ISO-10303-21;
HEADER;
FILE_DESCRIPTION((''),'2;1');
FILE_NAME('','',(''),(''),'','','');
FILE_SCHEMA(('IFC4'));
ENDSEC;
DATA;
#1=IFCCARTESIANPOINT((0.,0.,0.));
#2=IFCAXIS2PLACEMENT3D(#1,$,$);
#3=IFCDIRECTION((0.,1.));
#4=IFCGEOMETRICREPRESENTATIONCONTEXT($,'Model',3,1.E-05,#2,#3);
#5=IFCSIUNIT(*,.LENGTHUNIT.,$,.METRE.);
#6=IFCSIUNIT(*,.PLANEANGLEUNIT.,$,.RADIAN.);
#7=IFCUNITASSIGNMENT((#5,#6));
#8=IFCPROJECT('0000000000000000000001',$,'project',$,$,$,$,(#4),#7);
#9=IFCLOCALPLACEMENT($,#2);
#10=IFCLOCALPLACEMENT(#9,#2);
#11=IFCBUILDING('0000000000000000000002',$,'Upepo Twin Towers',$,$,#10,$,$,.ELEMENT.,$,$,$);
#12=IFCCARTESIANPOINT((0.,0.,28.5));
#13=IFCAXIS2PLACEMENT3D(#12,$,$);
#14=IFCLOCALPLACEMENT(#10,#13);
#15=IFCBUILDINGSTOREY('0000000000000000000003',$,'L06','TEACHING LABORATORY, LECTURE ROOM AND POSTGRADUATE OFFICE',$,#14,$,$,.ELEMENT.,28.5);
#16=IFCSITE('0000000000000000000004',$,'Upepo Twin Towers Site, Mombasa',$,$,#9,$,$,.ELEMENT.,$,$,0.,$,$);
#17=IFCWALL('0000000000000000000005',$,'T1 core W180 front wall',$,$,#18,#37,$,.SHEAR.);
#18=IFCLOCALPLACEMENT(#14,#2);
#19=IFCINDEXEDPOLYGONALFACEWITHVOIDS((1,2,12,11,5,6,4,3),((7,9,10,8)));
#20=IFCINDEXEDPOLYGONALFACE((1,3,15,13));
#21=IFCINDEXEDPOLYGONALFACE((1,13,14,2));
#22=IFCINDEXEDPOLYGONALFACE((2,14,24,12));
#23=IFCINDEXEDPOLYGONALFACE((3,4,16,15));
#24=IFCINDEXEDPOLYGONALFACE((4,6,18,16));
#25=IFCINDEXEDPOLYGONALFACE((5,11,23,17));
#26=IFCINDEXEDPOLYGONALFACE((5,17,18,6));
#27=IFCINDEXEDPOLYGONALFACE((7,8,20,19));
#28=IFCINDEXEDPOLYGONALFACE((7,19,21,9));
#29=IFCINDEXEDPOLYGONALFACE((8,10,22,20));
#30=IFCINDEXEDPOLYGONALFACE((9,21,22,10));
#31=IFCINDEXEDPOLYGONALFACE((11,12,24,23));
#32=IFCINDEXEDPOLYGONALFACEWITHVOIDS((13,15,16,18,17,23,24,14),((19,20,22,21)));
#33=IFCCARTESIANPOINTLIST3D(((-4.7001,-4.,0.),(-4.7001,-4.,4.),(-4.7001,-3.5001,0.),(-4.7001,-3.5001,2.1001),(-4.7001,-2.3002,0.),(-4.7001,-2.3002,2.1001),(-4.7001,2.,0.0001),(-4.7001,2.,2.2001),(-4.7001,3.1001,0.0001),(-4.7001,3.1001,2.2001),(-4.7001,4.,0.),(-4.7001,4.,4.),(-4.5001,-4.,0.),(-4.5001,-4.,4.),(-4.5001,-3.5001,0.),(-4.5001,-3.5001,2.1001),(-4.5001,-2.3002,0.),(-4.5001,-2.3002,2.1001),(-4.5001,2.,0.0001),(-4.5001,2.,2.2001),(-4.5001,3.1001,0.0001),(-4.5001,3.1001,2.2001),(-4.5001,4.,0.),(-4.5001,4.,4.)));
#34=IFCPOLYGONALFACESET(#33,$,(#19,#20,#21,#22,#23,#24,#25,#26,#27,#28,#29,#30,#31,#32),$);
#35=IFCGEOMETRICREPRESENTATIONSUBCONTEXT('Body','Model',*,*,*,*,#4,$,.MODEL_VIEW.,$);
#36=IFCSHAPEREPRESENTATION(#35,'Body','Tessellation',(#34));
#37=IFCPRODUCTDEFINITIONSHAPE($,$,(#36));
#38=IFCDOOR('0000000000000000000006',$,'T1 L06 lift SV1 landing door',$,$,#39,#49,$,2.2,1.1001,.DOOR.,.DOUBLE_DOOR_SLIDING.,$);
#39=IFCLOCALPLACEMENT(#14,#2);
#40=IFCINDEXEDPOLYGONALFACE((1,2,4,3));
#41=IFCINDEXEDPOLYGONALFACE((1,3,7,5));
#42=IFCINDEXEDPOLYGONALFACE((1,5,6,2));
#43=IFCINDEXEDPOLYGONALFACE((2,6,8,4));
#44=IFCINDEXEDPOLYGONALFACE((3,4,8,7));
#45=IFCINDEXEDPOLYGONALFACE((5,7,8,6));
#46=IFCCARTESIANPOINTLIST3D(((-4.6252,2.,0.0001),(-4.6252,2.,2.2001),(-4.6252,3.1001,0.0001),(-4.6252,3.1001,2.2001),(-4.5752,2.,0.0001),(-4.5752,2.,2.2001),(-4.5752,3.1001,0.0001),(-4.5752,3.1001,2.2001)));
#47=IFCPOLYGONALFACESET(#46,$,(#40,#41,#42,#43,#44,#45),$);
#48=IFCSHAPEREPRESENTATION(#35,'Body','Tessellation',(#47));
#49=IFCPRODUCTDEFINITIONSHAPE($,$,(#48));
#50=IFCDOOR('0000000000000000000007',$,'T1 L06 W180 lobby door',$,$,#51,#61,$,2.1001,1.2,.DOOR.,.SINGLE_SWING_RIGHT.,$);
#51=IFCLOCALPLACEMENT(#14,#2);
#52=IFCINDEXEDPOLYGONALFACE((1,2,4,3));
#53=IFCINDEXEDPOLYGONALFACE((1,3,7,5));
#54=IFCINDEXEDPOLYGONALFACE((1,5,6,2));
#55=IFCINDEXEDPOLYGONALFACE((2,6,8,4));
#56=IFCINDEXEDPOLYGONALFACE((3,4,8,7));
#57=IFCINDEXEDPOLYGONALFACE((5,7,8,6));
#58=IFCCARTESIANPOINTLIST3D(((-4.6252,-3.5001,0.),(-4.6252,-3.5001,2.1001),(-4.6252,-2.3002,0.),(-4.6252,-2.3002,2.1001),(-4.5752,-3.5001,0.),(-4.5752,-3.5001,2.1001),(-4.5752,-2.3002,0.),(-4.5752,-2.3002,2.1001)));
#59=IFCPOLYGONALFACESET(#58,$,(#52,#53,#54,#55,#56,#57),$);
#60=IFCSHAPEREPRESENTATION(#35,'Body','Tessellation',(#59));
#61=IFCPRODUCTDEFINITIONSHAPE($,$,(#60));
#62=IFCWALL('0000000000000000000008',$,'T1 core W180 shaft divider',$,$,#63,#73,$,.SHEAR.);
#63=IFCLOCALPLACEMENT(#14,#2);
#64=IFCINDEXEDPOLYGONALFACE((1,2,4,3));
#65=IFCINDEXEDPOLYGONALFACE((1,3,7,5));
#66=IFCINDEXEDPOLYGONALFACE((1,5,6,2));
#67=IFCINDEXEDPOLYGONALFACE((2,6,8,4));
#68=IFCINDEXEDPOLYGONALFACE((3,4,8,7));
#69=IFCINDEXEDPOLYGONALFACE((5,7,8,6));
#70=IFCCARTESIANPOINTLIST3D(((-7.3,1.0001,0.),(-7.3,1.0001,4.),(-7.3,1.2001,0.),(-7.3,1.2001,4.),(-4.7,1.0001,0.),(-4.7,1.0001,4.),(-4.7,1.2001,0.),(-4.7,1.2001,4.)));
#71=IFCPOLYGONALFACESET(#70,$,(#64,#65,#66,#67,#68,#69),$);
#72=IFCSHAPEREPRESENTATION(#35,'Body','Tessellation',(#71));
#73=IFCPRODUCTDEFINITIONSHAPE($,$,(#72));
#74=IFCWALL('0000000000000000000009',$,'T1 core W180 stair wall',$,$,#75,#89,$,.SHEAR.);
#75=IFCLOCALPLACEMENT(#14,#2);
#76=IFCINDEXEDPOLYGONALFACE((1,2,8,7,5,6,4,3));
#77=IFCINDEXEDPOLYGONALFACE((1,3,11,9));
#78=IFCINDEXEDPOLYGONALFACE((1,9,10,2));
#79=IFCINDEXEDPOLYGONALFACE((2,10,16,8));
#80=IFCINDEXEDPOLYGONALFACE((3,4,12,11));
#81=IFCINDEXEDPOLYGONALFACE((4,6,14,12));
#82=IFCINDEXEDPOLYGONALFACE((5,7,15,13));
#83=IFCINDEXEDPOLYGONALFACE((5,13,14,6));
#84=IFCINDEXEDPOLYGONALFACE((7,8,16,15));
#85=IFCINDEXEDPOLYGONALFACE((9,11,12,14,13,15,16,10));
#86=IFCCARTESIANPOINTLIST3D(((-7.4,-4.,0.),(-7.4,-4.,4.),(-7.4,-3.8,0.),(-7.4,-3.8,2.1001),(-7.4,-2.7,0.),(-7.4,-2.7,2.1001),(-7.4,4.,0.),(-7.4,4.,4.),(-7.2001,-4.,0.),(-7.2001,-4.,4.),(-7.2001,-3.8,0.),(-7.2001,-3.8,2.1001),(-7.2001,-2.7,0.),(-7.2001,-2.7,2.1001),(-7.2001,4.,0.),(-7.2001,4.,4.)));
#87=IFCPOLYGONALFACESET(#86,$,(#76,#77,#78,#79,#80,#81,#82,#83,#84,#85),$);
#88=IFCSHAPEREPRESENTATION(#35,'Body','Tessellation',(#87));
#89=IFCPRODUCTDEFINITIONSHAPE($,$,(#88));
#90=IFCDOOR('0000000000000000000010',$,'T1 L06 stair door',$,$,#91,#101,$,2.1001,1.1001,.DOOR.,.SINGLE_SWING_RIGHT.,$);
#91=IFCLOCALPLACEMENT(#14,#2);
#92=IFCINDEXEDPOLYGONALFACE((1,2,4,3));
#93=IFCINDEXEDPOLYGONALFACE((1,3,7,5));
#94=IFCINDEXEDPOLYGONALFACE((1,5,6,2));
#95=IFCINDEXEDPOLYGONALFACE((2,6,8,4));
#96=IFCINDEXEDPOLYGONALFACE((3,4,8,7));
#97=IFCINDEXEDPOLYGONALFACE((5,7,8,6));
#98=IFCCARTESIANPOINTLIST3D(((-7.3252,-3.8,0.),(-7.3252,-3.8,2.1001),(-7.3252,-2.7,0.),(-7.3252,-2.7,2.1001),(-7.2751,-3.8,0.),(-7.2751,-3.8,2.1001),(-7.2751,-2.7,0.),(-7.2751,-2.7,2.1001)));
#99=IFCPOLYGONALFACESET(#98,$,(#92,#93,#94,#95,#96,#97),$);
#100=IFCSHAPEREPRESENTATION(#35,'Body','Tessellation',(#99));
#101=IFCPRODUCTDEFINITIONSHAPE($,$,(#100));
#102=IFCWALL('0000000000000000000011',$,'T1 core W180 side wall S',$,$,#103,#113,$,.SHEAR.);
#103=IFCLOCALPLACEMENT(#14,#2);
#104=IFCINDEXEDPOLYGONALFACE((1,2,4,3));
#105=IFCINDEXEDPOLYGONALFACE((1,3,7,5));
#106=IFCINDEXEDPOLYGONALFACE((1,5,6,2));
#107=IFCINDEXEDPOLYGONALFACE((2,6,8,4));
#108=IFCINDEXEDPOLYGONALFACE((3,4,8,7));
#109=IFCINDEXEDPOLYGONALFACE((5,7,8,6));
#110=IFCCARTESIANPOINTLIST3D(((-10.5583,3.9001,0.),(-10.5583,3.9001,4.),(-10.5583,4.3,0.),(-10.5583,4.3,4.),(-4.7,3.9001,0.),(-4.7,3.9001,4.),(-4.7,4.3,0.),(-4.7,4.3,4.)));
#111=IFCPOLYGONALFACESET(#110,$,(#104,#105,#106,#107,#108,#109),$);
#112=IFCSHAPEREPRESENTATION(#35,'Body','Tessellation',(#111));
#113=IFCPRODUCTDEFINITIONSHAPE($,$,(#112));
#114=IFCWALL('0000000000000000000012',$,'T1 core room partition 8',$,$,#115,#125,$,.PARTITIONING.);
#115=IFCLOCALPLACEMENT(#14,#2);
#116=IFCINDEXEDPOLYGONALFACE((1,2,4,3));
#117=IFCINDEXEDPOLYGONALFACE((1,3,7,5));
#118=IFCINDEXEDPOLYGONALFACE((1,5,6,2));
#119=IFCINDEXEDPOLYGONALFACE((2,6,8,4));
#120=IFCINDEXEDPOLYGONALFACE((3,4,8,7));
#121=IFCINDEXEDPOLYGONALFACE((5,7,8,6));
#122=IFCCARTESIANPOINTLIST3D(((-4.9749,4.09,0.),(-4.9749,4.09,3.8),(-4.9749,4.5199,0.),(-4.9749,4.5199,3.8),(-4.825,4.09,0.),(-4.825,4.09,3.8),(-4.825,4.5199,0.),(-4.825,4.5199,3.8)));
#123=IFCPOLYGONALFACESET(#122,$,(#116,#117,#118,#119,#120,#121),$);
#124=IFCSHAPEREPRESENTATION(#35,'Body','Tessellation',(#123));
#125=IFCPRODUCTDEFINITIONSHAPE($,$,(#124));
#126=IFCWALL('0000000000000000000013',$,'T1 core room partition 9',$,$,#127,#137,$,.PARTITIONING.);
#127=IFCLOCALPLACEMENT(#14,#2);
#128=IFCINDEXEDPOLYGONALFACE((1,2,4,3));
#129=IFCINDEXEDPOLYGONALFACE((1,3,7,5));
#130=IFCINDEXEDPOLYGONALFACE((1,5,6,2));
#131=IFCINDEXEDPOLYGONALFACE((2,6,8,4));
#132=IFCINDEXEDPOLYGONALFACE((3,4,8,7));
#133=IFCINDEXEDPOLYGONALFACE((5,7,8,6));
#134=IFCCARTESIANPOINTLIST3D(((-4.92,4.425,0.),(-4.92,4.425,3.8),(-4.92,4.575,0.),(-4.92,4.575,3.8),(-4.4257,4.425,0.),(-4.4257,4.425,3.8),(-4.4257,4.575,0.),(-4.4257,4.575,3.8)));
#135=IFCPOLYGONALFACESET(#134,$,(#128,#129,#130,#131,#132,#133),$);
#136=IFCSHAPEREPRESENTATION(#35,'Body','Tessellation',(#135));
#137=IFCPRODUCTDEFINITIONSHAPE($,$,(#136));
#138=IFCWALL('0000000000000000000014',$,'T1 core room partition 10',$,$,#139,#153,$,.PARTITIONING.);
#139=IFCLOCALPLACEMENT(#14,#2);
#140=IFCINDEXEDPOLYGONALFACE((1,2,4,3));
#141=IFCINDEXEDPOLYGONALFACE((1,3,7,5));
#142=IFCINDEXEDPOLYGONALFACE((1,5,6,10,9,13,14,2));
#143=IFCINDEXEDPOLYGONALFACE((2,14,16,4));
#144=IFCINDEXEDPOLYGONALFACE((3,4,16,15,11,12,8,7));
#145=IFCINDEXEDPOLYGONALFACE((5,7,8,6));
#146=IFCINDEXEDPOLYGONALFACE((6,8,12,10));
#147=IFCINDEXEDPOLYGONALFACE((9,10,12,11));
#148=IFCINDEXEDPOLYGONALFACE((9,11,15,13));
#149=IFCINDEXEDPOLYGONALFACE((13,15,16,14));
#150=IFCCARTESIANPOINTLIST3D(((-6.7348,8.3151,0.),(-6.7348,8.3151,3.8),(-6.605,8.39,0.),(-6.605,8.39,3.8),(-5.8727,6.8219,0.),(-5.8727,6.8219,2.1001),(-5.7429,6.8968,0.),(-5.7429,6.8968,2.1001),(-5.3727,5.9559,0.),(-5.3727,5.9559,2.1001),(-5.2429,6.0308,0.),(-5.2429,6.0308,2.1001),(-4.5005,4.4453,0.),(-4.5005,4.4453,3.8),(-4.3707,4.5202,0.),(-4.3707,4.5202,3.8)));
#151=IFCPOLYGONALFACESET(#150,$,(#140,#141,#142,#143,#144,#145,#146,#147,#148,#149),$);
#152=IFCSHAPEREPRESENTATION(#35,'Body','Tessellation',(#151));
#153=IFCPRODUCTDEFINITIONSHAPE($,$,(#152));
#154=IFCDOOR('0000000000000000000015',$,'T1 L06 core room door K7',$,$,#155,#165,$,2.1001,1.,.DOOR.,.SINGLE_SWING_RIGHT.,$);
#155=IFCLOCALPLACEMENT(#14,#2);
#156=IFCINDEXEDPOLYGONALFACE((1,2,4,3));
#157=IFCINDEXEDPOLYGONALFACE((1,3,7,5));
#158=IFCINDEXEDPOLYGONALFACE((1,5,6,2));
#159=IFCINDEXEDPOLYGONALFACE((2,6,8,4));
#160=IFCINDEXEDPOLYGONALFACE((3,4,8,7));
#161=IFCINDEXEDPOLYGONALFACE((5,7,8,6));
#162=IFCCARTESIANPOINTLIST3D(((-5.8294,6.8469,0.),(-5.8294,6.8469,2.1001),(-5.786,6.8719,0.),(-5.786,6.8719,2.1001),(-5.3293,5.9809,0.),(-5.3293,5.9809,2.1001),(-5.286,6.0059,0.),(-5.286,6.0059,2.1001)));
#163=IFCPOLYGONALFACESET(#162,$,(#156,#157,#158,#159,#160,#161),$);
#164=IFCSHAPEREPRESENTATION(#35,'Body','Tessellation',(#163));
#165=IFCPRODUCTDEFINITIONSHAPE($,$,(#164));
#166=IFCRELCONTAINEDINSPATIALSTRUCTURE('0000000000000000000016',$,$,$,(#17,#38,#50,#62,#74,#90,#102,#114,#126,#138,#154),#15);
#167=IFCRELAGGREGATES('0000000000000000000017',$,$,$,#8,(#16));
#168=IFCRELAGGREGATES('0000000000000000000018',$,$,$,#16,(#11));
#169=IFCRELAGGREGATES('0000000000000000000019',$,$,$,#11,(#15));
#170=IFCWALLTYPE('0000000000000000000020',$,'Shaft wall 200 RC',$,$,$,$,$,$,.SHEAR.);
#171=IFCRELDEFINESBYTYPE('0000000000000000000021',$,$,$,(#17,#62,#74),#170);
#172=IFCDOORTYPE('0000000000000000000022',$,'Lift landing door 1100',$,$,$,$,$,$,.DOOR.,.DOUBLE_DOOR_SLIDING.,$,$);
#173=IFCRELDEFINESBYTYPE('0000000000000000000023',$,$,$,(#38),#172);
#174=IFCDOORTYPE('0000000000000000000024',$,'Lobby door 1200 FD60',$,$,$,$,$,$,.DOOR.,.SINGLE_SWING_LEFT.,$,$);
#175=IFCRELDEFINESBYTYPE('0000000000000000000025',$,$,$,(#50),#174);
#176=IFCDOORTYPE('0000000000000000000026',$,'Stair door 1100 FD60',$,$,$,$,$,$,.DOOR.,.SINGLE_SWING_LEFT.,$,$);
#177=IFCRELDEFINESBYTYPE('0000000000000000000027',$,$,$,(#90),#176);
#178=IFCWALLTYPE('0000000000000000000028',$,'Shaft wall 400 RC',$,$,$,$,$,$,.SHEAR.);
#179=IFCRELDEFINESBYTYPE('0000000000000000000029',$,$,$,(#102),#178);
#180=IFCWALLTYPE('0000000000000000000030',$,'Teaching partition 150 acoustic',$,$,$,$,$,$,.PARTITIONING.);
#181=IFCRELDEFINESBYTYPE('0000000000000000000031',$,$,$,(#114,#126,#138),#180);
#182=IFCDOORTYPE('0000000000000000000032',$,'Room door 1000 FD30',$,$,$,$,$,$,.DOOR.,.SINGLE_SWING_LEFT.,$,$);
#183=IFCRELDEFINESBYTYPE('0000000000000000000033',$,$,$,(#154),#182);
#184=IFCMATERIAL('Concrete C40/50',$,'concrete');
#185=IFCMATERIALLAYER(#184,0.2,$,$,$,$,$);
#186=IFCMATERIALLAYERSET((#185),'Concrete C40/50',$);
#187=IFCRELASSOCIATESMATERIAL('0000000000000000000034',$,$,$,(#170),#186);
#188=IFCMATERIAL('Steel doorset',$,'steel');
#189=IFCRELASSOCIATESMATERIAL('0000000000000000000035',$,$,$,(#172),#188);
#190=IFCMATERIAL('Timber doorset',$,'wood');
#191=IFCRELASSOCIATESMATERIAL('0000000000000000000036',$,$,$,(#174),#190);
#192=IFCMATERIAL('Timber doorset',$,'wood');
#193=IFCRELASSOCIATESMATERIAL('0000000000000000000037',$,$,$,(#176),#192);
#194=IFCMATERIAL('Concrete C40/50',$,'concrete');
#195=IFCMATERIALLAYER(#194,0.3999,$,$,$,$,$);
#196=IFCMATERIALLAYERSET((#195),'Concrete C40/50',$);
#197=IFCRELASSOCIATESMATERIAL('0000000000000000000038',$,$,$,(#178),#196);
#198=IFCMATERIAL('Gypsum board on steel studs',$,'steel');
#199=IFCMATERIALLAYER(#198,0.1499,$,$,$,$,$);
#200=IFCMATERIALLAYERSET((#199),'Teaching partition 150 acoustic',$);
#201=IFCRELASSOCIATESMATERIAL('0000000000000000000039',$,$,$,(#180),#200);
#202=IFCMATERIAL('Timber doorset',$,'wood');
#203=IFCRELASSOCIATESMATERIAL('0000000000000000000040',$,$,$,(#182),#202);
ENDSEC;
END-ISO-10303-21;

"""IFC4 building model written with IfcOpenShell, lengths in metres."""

from ifc_helpers import new_model, si_unit, direction, frame, frame_2d, origin, place, context, subcontext, project, spatial, rectangle, extrude, material, layer, layer_set, type_object, element, fill, save


model = new_model("IFC4")

# Units and contexts
model_context = context("Model", 3, precision=1e-05, world=origin(), true_north=direction((0.0, 1.0)))
body_context = subcontext(model_context, "Body", "Model", "MODEL_VIEW")
ifc_project = project(units=[si_unit("LENGTHUNIT", "METRE"), si_unit("PLANEANGLEUNIT", "RADIAN")], contexts=[model_context])

# Site, building, storey
site_placement = place(None, origin())
site = spatial("IfcSite", under=ifc_project, at=site_placement, Name="Upepo Twin Towers Site, Mombasa", CompositionType="ELEMENT", RefElevation=0.0)
building_placement = place(site_placement, origin())
building = spatial("IfcBuilding", under=site, at=building_placement, Name="Upepo Twin Towers", CompositionType="ELEMENT")
storey_placement = place(building_placement, frame((0.0, 0.0, 28.5)))
storey = spatial("IfcBuildingStorey", under=building, at=storey_placement, Name="L06", Description="TEACHING LABORATORY, LECTURE ROOM AND POSTGRADUATE OFFICE", CompositionType="ELEMENT", Elevation=28.5)

# Wall, openings, doors
ifc_material_1 = material(Name="Concrete C40/50", Category="concrete")
ifc_layer_1 = layer(ifc_material_1, 0.2)
ifc_layer_set_1 = layer_set([ifc_layer_1], Name="Concrete C40/50")
wall_type_1 = type_object("IfcWallType", Name="Shaft wall 200 RC", PredefinedType="SHEAR", material=ifc_layer_set_1)
wall_1_placement = place(storey_placement, frame((-4.6001, 4.0, 0.0), z_axis=(0.0, 0.0, 1.0), x_axis=(0.0, -1.0, 0.0)))
wall_1 = element("IfcWall", 1, at=wall_1_placement, inside=storey, type_object=wall_type_1, Name="T1 core W180 front wall", PredefinedType="SHEAR", context=body_context, shape_type="SweptSolid", body=[
    extrude(rectangle(XDim=8.0, YDim=0.2, at=frame_2d((4.0, 0.0))), origin(), (0.0, 0.0, 1.0), 4.0),
])
opening_1_placement = place(wall_1_placement, frame((6.3, 0.0, 0.0)))
opening_1 = element("IfcOpeningElement", 2, at=opening_1_placement, cuts=wall_1, PredefinedType="OPENING", context=body_context, shape_type="SweptSolid", body=[
    extrude(rectangle(XDim=1.2, YDim=2.1001, at=frame_2d((0.6001, 1.05))), frame((0.0, 0.1099, 0.0), z_axis=(0.0, -1.0, 0.0), x_axis=(1.0, 0.0, 0.0)), (0.0, 0.0, 1.0), 0.22),
])
opening_2_placement = place(wall_1_placement, frame((0.8999, 0.0, 0.0)))
opening_2 = element("IfcOpeningElement", 3, at=opening_2_placement, cuts=wall_1, PredefinedType="OPENING", context=body_context, shape_type="SweptSolid", body=[
    extrude(rectangle(XDim=1.1001, YDim=2.2, at=frame_2d((0.55, 1.1001))), frame((0.0, 0.1099, 0.0), z_axis=(0.0, -1.0, 0.0), x_axis=(1.0, 0.0, 0.0)), (0.0, 0.0, 1.0), 0.22),
])
ifc_material_2 = material(Name="Steel doorset", Category="steel")
door_type_1 = type_object("IfcDoorType", Name="Lift landing door 1100", OperationType="DOUBLE_DOOR_SLIDING", PredefinedType="DOOR", material=ifc_material_2)
door_1_placement = place(opening_2_placement, origin())
door_1 = element("IfcDoor", 4, at=door_1_placement, inside=storey, type_object=door_type_1, Name="T1 L06 lift SV1 landing door", OperationType="DOUBLE_DOOR_SLIDING", OverallHeight=2.2, OverallWidth=1.1001, PredefinedType="DOOR", context=body_context, shape_type="SweptSolid", body=[
    extrude(rectangle(XDim=1.1001, YDim=2.2, at=frame_2d((0.55, 1.1001))), frame((0.0, 0.0249, 0.0), z_axis=(0.0, -1.0, 0.0), x_axis=(1.0, 0.0, 0.0)), (0.0, 0.0, 1.0), 0.05),
])
fill(opening_2, door_1)
ifc_material_3 = material(Name="Timber doorset", Category="wood")
door_type_2 = type_object("IfcDoorType", Name="Lobby door 1200 FD60", OperationType="SINGLE_SWING_LEFT", PredefinedType="DOOR", material=ifc_material_3)
door_2_placement = place(opening_1_placement, origin())
door_2 = element("IfcDoor", 5, at=door_2_placement, inside=storey, type_object=door_type_2, Name="T1 L06 W180 lobby door", OperationType="SINGLE_SWING_RIGHT", OverallHeight=2.1001, OverallWidth=1.2, PredefinedType="DOOR", context=body_context, shape_type="SweptSolid", body=[
    extrude(rectangle(XDim=1.2, YDim=2.1001, at=frame_2d((0.6001, 1.05))), frame((0.0, 0.0249, 0.0), z_axis=(0.0, -1.0, 0.0), x_axis=(1.0, 0.0, 0.0)), (0.0, 0.0, 1.0), 0.05),
])
fill(opening_1, door_2)

# Wall
wall_2_placement = place(storey_placement, frame((-4.7, 1.1001, 0.0), z_axis=(0.0, 0.0, 1.0), x_axis=(-1.0, 0.0, 0.0)))
element("IfcWall", 6, at=wall_2_placement, inside=storey, type_object=wall_type_1, Name="T1 core W180 shaft divider", PredefinedType="SHEAR", context=body_context, shape_type="SweptSolid", body=[
    extrude(rectangle(XDim=2.6001, YDim=0.2, at=frame_2d((1.3, 0.0))), origin(), (0.0, 0.0, 1.0), 4.0),
])

# Wall, opening, door
wall_3_placement = place(storey_placement, frame((-7.3, 4.0, 0.0), z_axis=(0.0, 0.0, 1.0), x_axis=(0.0, -1.0, 0.0)))
wall_3 = element("IfcWall", 7, at=wall_3_placement, inside=storey, type_object=wall_type_1, Name="T1 core W180 stair wall", PredefinedType="SHEAR", context=body_context, shape_type="SweptSolid", body=[
    extrude(rectangle(XDim=8.0, YDim=0.2, at=frame_2d((4.0, 0.0))), origin(), (0.0, 0.0, 1.0), 4.0),
])
opening_3_placement = place(wall_3_placement, frame((6.7, 0.0, 0.0)))
opening_3 = element("IfcOpeningElement", 8, at=opening_3_placement, cuts=wall_3, PredefinedType="OPENING", context=body_context, shape_type="SweptSolid", body=[
    extrude(rectangle(XDim=1.1001, YDim=2.1001, at=frame_2d((0.55, 1.05))), frame((0.0, 0.1099, 0.0), z_axis=(0.0, -1.0, 0.0), x_axis=(1.0, 0.0, 0.0)), (0.0, 0.0, 1.0), 0.22),
])
ifc_material_4 = material(Name="Timber doorset", Category="wood")
door_type_3 = type_object("IfcDoorType", Name="Stair door 1100 FD60", OperationType="SINGLE_SWING_LEFT", PredefinedType="DOOR", material=ifc_material_4)
door_3_placement = place(opening_3_placement, origin())
door_3 = element("IfcDoor", 9, at=door_3_placement, inside=storey, type_object=door_type_3, Name="T1 L06 stair door", OperationType="SINGLE_SWING_RIGHT", OverallHeight=2.1001, OverallWidth=1.1001, PredefinedType="DOOR", context=body_context, shape_type="SweptSolid", body=[
    extrude(rectangle(XDim=1.1001, YDim=2.1001, at=frame_2d((0.55, 1.05))), frame((0.0, 0.0249, 0.0), z_axis=(0.0, -1.0, 0.0), x_axis=(1.0, 0.0, 0.0)), (0.0, 0.0, 1.0), 0.05),
])
fill(opening_3, door_3)

# Walls
ifc_material_5 = material(Name="Concrete C40/50", Category="concrete")
ifc_layer_2 = layer(ifc_material_5, 0.3999)
ifc_layer_set_2 = layer_set([ifc_layer_2], Name="Concrete C40/50")
wall_type_2 = type_object("IfcWallType", Name="Shaft wall 400 RC", PredefinedType="SHEAR", material=ifc_layer_set_2)
wall_4_placement = place(storey_placement, frame((-4.7, 4.1001, 0.0), z_axis=(0.0, 0.0, 1.0), x_axis=(-1.0, 0.0, 0.0)))
element("IfcWall", 10, at=wall_4_placement, inside=storey, type_object=wall_type_2, Name="T1 core W180 side wall S", PredefinedType="SHEAR", context=body_context, shape_type="SweptSolid", body=[
    extrude(rectangle(XDim=5.8584, YDim=0.3999, at=frame_2d((2.9292, 0.0))), origin(), (0.0, 0.0, 1.0), 4.0),
])
ifc_material_6 = material(Name="Gypsum board on steel studs", Category="steel")
ifc_layer_3 = layer(ifc_material_6, 0.1499)
ifc_layer_set_3 = layer_set([ifc_layer_3], Name="Teaching partition 150 acoustic")
wall_type_3 = type_object("IfcWallType", Name="Teaching partition 150 acoustic", PredefinedType="PARTITIONING", material=ifc_layer_set_3)
wall_5_placement = place(storey_placement, frame((-4.8999, 4.0901, 0.0), z_axis=(0.0, 0.0, 1.0), x_axis=(0.0, 1.0, 0.0)))
element("IfcWall", 11, at=wall_5_placement, inside=storey, type_object=wall_type_3, Name="T1 core room partition 8", PredefinedType="PARTITIONING", context=body_context, shape_type="SweptSolid", body=[
    extrude(rectangle(XDim=0.4299, YDim=0.1499, at=frame_2d((0.2148, 0.0))), origin(), (0.0, 0.0, 1.0), 3.8),
])
wall_6_placement = place(storey_placement, frame((-4.9199, 4.5, 0.0), z_axis=(0.0, 0.0, 1.0), x_axis=(1.0, 0.0, 0.0)))
element("IfcWall", 12, at=wall_6_placement, inside=storey, type_object=wall_type_3, Name="T1 core room partition 9", PredefinedType="PARTITIONING", context=body_context, shape_type="SweptSolid", body=[
    extrude(rectangle(XDim=0.4944, YDim=0.1499, at=frame_2d((0.2471, 0.0))), origin(), (0.0, 0.0, 1.0), 3.8),
])

# Wall, opening, door
wall_7_placement = place(storey_placement, frame((-4.4355, 4.4827, 0.0), z_axis=(0.0, 0.0, 1.0), x_axis=(-0.500017, 0.866015, 0.0)))
wall_7 = element("IfcWall", 13, at=wall_7_placement, inside=storey, type_object=wall_type_3, Name="T1 core room partition 10", PredefinedType="PARTITIONING", context=body_context, shape_type="SweptSolid", body=[
    extrude(rectangle(XDim=4.4685, YDim=0.1499, at=frame_2d((2.2344, 0.0))), origin(), (0.0, 0.0, 1.0), 3.8),
])
opening_4_placement = place(wall_7_placement, frame((1.7444, 0.0, 0.0)))
opening_4 = element("IfcOpeningElement", 14, at=opening_4_placement, cuts=wall_7, PredefinedType="OPENING", context=body_context, shape_type="SweptSolid", body=[
    extrude(rectangle(XDim=1.0, YDim=2.1001, at=frame_2d((0.5, 1.05))), frame((0.0, 0.085, 0.0), z_axis=(0.0, -1.0, 0.0), x_axis=(1.0, 0.0, 0.0)), (0.0, 0.0, 1.0), 0.1699),
])
ifc_material_7 = material(Name="Timber doorset", Category="wood")
door_type_4 = type_object("IfcDoorType", Name="Room door 1000 FD30", OperationType="SINGLE_SWING_LEFT", PredefinedType="DOOR", material=ifc_material_7)
door_4_placement = place(opening_4_placement, origin())
door_4 = element("IfcDoor", 15, at=door_4_placement, inside=storey, type_object=door_type_4, Name="T1 L06 core room door K7", OperationType="SINGLE_SWING_RIGHT", OverallHeight=2.1001, OverallWidth=1.0, PredefinedType="DOOR", context=body_context, shape_type="SweptSolid", body=[
    extrude(rectangle(XDim=1.0, YDim=2.1001, at=frame_2d((0.5, 1.05))), frame((0.0, 0.0249, 0.0), z_axis=(0.0, -1.0, 0.0), x_axis=(1.0, 0.0, 0.0)), (0.0, 0.0, 1.0), 0.05),
])
fill(opening_4, door_4)

save(model, "model.ifc")
